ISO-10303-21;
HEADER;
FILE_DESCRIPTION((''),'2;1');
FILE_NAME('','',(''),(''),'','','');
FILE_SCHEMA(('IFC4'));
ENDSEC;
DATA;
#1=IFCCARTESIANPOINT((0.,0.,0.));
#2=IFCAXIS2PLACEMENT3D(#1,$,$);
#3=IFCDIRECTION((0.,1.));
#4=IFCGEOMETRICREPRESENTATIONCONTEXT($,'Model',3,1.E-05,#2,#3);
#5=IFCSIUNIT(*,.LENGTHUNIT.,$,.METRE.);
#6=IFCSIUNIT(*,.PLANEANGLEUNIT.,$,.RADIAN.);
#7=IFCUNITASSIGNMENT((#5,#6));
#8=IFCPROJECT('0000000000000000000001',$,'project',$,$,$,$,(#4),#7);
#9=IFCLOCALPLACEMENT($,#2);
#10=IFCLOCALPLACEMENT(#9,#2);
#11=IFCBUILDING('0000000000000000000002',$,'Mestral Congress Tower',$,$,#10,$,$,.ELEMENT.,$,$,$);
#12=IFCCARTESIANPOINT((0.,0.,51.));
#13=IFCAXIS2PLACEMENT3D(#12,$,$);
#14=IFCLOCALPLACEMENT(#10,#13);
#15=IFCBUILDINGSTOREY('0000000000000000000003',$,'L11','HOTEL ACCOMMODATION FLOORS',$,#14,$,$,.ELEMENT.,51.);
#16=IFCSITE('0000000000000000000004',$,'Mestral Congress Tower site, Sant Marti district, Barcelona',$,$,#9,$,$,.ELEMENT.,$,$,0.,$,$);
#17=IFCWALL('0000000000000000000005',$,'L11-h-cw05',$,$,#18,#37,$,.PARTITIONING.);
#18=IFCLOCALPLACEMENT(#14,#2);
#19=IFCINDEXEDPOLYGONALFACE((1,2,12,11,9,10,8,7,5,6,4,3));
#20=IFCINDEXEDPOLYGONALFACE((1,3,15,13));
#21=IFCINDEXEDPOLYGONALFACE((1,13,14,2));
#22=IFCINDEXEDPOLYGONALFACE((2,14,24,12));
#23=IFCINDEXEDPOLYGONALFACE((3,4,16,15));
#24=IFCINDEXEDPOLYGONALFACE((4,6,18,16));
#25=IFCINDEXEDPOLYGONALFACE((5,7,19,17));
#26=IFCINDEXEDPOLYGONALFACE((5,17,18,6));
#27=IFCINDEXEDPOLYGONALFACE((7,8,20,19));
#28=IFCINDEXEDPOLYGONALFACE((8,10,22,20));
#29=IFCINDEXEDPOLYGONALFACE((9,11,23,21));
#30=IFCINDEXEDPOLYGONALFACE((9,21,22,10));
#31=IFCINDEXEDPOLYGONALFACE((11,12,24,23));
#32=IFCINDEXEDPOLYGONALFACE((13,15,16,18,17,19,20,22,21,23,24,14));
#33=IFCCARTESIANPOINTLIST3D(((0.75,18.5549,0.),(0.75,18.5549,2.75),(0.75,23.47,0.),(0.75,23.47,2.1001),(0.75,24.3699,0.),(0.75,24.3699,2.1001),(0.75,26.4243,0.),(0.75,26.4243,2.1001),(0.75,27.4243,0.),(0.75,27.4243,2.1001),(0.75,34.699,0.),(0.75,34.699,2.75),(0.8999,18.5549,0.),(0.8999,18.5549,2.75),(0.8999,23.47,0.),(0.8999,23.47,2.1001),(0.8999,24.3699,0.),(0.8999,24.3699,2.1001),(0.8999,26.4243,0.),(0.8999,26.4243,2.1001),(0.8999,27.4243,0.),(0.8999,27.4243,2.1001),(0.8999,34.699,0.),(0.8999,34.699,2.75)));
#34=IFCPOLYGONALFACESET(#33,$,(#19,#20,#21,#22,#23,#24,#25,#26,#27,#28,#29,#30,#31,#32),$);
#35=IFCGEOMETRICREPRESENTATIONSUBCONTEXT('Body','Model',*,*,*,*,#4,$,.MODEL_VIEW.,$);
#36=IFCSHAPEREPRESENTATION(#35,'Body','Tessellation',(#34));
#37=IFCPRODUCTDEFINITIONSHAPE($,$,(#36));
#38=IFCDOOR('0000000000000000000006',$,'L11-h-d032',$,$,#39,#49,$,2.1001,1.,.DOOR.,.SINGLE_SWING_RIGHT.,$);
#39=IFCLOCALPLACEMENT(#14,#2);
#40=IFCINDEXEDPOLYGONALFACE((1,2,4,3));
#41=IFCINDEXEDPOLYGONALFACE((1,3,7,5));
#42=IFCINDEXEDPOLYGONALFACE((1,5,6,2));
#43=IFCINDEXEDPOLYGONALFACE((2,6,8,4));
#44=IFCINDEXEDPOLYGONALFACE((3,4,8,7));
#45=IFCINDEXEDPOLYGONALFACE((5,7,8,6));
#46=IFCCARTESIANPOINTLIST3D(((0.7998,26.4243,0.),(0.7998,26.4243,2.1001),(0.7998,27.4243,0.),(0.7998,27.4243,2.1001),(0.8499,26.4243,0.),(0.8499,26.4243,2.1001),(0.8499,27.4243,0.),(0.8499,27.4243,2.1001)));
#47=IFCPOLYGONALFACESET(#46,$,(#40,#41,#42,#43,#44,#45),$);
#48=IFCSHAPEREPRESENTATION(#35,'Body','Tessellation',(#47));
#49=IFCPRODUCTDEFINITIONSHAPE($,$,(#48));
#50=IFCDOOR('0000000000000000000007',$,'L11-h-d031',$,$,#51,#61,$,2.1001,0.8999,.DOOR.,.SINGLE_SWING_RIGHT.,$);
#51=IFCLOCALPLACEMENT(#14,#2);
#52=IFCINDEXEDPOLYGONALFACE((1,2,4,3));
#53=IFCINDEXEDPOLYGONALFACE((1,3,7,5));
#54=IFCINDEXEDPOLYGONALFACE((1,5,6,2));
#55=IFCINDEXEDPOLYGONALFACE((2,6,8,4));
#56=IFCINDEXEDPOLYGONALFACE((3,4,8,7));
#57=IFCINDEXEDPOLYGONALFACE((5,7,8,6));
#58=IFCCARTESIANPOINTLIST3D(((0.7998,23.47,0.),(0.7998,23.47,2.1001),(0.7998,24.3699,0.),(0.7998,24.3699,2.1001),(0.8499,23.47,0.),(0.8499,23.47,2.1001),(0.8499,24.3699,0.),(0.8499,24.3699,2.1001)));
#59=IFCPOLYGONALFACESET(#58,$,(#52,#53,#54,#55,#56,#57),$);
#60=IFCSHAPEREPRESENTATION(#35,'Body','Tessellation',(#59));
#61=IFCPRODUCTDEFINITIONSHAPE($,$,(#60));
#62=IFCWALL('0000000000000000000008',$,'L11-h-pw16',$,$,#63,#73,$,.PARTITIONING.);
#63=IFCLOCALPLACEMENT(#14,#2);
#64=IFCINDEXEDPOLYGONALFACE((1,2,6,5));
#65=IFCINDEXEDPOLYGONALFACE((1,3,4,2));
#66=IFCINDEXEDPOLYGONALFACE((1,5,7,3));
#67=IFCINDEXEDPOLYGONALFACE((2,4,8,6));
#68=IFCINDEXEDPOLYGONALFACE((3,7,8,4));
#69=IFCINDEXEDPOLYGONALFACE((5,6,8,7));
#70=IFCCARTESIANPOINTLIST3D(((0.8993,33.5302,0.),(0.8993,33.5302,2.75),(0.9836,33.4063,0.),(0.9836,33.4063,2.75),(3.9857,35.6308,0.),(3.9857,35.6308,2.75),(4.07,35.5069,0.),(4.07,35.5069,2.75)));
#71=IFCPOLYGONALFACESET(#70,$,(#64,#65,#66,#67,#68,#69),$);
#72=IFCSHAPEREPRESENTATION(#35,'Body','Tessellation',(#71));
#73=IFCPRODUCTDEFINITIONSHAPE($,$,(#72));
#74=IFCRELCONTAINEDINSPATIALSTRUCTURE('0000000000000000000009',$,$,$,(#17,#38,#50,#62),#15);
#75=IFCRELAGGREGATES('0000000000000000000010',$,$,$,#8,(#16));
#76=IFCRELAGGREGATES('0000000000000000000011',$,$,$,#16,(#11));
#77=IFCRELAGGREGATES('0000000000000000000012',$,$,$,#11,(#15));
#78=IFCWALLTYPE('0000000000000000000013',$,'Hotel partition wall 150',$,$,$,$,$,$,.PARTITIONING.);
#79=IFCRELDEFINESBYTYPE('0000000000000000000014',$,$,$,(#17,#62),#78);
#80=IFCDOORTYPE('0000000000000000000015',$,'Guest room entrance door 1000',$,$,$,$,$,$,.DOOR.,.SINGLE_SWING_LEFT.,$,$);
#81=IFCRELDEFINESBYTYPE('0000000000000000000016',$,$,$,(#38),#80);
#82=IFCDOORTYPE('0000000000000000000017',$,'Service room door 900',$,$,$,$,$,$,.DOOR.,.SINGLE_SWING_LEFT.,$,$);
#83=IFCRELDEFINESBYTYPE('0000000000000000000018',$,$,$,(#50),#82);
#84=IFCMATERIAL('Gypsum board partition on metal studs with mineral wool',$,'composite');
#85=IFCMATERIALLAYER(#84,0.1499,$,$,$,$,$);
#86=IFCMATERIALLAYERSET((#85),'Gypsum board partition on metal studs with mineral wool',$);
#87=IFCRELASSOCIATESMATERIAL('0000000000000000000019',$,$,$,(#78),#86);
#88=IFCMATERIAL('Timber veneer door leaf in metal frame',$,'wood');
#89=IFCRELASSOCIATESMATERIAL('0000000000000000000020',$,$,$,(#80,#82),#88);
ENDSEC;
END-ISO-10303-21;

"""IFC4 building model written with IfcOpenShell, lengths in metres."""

from ifc_helpers import new_model, si_unit, direction, frame, frame_2d, origin, place, context, subcontext, project, spatial, rectangle, extrude, material, layer, layer_set, type_object, element, fill, save


model = new_model("IFC4")

# Units and contexts
model_context = context("Model", 3, precision=1e-05, world=origin(), true_north=direction((0.0, 1.0)))
body_context = subcontext(model_context, "Body", "Model", "MODEL_VIEW")
ifc_project = project(units=[si_unit("LENGTHUNIT", "METRE"), si_unit("PLANEANGLEUNIT", "RADIAN")], contexts=[model_context])

# Site, building, storey
site_placement = place(None, origin())
site = spatial("IfcSite", under=ifc_project, at=site_placement, Name="Mestral Congress Tower site, Sant Marti district, Barcelona", CompositionType="ELEMENT", RefElevation=0.0)
building_placement = place(site_placement, origin())
building = spatial("IfcBuilding", under=site, at=building_placement, Name="Mestral Congress Tower", CompositionType="ELEMENT")
storey_placement = place(building_placement, frame((0.0, 0.0, 51.0)))
storey = spatial("IfcBuildingStorey", under=building, at=storey_placement, Name="L11", Description="HOTEL ACCOMMODATION FLOORS", CompositionType="ELEMENT", Elevation=51.0)

# Shared definitions
ifc_material_1 = material(Name="Gypsum board partition on metal studs with mineral wool", Category="composite")

# Wall, openings, doors
ifc_layer_1 = layer(ifc_material_1, 0.1499)
ifc_layer_set_1 = layer_set([ifc_layer_1], Name="Gypsum board partition on metal studs with mineral wool")
wall_type_1 = type_object("IfcWallType", Name="Hotel partition wall 150", PredefinedType="PARTITIONING", material=ifc_layer_set_1)
wall_1_placement = place(storey_placement, frame((0.825, 34.699, 0.0), z_axis=(0.0, 0.0, 1.0), x_axis=(0.0, -1.0, 0.0)))
wall_1 = element("IfcWall", 1, at=wall_1_placement, inside=storey, type_object=wall_type_1, Name="L11-h-cw05", PredefinedType="PARTITIONING", context=body_context, shape_type="SweptSolid", body=[
    extrude(rectangle(XDim=16.144, YDim=0.1499, at=frame_2d((8.072, 0.0))), origin(), (0.0, 0.0, 1.0), 2.75),
])
opening_1_placement = place(wall_1_placement, frame((10.3291, 0.0, 0.0)))
opening_1 = element("IfcOpeningElement", 2, at=opening_1_placement, cuts=wall_1, PredefinedType="OPENING", context=body_context, shape_type="SweptSolid", body=[
    extrude(rectangle(XDim=0.8999, YDim=2.1001, at=frame_2d((0.45, 1.05))), frame((0.0, 0.085, 0.0), z_axis=(0.0, -1.0, 0.0), x_axis=(1.0, 0.0, 0.0)), (0.0, 0.0, 1.0), 0.1699),
])
opening_2_placement = place(wall_1_placement, frame((7.2747, 0.0, 0.0)))
opening_2 = element("IfcOpeningElement", 3, at=opening_2_placement, cuts=wall_1, PredefinedType="OPENING", context=body_context, shape_type="SweptSolid", body=[
    extrude(rectangle(XDim=1.0, YDim=2.1001, at=frame_2d((0.5, 1.05))), frame((0.0, 0.085, 0.0), z_axis=(0.0, -1.0, 0.0), x_axis=(1.0, 0.0, 0.0)), (0.0, 0.0, 1.0), 0.1699),
])
ifc_material_2 = material(Name="Timber veneer door leaf in metal frame", Category="wood")
door_type_1 = type_object("IfcDoorType", Name="Guest room entrance door 1000", OperationType="SINGLE_SWING_LEFT", PredefinedType="DOOR", material=ifc_material_2)
door_1_placement = place(opening_2_placement, origin())
door_1 = element("IfcDoor", 4, at=door_1_placement, inside=storey, type_object=door_type_1, Name="L11-h-d032", OperationType="SINGLE_SWING_RIGHT", OverallHeight=2.1001, OverallWidth=1.0, PredefinedType="DOOR", context=body_context, shape_type="SweptSolid", body=[
    extrude(rectangle(XDim=1.0, YDim=2.1001, at=frame_2d((0.5, 1.05))), frame((0.0, 0.0249, 0.0), z_axis=(0.0, -1.0, 0.0), x_axis=(1.0, 0.0, 0.0)), (0.0, 0.0, 1.0), 0.05),
])
fill(opening_2, door_1)
door_type_2 = type_object("IfcDoorType", Name="Service room door 900", OperationType="SINGLE_SWING_LEFT", PredefinedType="DOOR", material=ifc_material_2)
door_2_placement = place(opening_1_placement, origin())
door_2 = element("IfcDoor", 5, at=door_2_placement, inside=storey, type_object=door_type_2, Name="L11-h-d031", OperationType="SINGLE_SWING_RIGHT", OverallHeight=2.1001, OverallWidth=0.8999, PredefinedType="DOOR", context=body_context, shape_type="SweptSolid", body=[
    extrude(rectangle(XDim=0.8999, YDim=2.1001, at=frame_2d((0.45, 1.05))), frame((0.0, 0.0249, 0.0), z_axis=(0.0, -1.0, 0.0), x_axis=(1.0, 0.0, 0.0)), (0.0, 0.0, 1.0), 0.05),
])
fill(opening_1, door_2)

# Wall
wall_2_placement = place(storey_placement, frame((4.0278, 35.5688, 0.0), z_axis=(0.0, 0.0, 1.0), x_axis=(-0.8267, -0.562643, 0.0)))
element("IfcWall", 6, at=wall_2_placement, inside=storey, type_object=wall_type_1, Name="L11-h-pw16", PredefinedType="PARTITIONING", context=body_context, shape_type="SweptSolid", body=[
    extrude(rectangle(XDim=3.7334, YDim=0.1499, at=frame_2d((1.8667, 0.0))), origin(), (0.0, 0.0, 1.0), 2.75),
])

save(model, "model.ifc")
